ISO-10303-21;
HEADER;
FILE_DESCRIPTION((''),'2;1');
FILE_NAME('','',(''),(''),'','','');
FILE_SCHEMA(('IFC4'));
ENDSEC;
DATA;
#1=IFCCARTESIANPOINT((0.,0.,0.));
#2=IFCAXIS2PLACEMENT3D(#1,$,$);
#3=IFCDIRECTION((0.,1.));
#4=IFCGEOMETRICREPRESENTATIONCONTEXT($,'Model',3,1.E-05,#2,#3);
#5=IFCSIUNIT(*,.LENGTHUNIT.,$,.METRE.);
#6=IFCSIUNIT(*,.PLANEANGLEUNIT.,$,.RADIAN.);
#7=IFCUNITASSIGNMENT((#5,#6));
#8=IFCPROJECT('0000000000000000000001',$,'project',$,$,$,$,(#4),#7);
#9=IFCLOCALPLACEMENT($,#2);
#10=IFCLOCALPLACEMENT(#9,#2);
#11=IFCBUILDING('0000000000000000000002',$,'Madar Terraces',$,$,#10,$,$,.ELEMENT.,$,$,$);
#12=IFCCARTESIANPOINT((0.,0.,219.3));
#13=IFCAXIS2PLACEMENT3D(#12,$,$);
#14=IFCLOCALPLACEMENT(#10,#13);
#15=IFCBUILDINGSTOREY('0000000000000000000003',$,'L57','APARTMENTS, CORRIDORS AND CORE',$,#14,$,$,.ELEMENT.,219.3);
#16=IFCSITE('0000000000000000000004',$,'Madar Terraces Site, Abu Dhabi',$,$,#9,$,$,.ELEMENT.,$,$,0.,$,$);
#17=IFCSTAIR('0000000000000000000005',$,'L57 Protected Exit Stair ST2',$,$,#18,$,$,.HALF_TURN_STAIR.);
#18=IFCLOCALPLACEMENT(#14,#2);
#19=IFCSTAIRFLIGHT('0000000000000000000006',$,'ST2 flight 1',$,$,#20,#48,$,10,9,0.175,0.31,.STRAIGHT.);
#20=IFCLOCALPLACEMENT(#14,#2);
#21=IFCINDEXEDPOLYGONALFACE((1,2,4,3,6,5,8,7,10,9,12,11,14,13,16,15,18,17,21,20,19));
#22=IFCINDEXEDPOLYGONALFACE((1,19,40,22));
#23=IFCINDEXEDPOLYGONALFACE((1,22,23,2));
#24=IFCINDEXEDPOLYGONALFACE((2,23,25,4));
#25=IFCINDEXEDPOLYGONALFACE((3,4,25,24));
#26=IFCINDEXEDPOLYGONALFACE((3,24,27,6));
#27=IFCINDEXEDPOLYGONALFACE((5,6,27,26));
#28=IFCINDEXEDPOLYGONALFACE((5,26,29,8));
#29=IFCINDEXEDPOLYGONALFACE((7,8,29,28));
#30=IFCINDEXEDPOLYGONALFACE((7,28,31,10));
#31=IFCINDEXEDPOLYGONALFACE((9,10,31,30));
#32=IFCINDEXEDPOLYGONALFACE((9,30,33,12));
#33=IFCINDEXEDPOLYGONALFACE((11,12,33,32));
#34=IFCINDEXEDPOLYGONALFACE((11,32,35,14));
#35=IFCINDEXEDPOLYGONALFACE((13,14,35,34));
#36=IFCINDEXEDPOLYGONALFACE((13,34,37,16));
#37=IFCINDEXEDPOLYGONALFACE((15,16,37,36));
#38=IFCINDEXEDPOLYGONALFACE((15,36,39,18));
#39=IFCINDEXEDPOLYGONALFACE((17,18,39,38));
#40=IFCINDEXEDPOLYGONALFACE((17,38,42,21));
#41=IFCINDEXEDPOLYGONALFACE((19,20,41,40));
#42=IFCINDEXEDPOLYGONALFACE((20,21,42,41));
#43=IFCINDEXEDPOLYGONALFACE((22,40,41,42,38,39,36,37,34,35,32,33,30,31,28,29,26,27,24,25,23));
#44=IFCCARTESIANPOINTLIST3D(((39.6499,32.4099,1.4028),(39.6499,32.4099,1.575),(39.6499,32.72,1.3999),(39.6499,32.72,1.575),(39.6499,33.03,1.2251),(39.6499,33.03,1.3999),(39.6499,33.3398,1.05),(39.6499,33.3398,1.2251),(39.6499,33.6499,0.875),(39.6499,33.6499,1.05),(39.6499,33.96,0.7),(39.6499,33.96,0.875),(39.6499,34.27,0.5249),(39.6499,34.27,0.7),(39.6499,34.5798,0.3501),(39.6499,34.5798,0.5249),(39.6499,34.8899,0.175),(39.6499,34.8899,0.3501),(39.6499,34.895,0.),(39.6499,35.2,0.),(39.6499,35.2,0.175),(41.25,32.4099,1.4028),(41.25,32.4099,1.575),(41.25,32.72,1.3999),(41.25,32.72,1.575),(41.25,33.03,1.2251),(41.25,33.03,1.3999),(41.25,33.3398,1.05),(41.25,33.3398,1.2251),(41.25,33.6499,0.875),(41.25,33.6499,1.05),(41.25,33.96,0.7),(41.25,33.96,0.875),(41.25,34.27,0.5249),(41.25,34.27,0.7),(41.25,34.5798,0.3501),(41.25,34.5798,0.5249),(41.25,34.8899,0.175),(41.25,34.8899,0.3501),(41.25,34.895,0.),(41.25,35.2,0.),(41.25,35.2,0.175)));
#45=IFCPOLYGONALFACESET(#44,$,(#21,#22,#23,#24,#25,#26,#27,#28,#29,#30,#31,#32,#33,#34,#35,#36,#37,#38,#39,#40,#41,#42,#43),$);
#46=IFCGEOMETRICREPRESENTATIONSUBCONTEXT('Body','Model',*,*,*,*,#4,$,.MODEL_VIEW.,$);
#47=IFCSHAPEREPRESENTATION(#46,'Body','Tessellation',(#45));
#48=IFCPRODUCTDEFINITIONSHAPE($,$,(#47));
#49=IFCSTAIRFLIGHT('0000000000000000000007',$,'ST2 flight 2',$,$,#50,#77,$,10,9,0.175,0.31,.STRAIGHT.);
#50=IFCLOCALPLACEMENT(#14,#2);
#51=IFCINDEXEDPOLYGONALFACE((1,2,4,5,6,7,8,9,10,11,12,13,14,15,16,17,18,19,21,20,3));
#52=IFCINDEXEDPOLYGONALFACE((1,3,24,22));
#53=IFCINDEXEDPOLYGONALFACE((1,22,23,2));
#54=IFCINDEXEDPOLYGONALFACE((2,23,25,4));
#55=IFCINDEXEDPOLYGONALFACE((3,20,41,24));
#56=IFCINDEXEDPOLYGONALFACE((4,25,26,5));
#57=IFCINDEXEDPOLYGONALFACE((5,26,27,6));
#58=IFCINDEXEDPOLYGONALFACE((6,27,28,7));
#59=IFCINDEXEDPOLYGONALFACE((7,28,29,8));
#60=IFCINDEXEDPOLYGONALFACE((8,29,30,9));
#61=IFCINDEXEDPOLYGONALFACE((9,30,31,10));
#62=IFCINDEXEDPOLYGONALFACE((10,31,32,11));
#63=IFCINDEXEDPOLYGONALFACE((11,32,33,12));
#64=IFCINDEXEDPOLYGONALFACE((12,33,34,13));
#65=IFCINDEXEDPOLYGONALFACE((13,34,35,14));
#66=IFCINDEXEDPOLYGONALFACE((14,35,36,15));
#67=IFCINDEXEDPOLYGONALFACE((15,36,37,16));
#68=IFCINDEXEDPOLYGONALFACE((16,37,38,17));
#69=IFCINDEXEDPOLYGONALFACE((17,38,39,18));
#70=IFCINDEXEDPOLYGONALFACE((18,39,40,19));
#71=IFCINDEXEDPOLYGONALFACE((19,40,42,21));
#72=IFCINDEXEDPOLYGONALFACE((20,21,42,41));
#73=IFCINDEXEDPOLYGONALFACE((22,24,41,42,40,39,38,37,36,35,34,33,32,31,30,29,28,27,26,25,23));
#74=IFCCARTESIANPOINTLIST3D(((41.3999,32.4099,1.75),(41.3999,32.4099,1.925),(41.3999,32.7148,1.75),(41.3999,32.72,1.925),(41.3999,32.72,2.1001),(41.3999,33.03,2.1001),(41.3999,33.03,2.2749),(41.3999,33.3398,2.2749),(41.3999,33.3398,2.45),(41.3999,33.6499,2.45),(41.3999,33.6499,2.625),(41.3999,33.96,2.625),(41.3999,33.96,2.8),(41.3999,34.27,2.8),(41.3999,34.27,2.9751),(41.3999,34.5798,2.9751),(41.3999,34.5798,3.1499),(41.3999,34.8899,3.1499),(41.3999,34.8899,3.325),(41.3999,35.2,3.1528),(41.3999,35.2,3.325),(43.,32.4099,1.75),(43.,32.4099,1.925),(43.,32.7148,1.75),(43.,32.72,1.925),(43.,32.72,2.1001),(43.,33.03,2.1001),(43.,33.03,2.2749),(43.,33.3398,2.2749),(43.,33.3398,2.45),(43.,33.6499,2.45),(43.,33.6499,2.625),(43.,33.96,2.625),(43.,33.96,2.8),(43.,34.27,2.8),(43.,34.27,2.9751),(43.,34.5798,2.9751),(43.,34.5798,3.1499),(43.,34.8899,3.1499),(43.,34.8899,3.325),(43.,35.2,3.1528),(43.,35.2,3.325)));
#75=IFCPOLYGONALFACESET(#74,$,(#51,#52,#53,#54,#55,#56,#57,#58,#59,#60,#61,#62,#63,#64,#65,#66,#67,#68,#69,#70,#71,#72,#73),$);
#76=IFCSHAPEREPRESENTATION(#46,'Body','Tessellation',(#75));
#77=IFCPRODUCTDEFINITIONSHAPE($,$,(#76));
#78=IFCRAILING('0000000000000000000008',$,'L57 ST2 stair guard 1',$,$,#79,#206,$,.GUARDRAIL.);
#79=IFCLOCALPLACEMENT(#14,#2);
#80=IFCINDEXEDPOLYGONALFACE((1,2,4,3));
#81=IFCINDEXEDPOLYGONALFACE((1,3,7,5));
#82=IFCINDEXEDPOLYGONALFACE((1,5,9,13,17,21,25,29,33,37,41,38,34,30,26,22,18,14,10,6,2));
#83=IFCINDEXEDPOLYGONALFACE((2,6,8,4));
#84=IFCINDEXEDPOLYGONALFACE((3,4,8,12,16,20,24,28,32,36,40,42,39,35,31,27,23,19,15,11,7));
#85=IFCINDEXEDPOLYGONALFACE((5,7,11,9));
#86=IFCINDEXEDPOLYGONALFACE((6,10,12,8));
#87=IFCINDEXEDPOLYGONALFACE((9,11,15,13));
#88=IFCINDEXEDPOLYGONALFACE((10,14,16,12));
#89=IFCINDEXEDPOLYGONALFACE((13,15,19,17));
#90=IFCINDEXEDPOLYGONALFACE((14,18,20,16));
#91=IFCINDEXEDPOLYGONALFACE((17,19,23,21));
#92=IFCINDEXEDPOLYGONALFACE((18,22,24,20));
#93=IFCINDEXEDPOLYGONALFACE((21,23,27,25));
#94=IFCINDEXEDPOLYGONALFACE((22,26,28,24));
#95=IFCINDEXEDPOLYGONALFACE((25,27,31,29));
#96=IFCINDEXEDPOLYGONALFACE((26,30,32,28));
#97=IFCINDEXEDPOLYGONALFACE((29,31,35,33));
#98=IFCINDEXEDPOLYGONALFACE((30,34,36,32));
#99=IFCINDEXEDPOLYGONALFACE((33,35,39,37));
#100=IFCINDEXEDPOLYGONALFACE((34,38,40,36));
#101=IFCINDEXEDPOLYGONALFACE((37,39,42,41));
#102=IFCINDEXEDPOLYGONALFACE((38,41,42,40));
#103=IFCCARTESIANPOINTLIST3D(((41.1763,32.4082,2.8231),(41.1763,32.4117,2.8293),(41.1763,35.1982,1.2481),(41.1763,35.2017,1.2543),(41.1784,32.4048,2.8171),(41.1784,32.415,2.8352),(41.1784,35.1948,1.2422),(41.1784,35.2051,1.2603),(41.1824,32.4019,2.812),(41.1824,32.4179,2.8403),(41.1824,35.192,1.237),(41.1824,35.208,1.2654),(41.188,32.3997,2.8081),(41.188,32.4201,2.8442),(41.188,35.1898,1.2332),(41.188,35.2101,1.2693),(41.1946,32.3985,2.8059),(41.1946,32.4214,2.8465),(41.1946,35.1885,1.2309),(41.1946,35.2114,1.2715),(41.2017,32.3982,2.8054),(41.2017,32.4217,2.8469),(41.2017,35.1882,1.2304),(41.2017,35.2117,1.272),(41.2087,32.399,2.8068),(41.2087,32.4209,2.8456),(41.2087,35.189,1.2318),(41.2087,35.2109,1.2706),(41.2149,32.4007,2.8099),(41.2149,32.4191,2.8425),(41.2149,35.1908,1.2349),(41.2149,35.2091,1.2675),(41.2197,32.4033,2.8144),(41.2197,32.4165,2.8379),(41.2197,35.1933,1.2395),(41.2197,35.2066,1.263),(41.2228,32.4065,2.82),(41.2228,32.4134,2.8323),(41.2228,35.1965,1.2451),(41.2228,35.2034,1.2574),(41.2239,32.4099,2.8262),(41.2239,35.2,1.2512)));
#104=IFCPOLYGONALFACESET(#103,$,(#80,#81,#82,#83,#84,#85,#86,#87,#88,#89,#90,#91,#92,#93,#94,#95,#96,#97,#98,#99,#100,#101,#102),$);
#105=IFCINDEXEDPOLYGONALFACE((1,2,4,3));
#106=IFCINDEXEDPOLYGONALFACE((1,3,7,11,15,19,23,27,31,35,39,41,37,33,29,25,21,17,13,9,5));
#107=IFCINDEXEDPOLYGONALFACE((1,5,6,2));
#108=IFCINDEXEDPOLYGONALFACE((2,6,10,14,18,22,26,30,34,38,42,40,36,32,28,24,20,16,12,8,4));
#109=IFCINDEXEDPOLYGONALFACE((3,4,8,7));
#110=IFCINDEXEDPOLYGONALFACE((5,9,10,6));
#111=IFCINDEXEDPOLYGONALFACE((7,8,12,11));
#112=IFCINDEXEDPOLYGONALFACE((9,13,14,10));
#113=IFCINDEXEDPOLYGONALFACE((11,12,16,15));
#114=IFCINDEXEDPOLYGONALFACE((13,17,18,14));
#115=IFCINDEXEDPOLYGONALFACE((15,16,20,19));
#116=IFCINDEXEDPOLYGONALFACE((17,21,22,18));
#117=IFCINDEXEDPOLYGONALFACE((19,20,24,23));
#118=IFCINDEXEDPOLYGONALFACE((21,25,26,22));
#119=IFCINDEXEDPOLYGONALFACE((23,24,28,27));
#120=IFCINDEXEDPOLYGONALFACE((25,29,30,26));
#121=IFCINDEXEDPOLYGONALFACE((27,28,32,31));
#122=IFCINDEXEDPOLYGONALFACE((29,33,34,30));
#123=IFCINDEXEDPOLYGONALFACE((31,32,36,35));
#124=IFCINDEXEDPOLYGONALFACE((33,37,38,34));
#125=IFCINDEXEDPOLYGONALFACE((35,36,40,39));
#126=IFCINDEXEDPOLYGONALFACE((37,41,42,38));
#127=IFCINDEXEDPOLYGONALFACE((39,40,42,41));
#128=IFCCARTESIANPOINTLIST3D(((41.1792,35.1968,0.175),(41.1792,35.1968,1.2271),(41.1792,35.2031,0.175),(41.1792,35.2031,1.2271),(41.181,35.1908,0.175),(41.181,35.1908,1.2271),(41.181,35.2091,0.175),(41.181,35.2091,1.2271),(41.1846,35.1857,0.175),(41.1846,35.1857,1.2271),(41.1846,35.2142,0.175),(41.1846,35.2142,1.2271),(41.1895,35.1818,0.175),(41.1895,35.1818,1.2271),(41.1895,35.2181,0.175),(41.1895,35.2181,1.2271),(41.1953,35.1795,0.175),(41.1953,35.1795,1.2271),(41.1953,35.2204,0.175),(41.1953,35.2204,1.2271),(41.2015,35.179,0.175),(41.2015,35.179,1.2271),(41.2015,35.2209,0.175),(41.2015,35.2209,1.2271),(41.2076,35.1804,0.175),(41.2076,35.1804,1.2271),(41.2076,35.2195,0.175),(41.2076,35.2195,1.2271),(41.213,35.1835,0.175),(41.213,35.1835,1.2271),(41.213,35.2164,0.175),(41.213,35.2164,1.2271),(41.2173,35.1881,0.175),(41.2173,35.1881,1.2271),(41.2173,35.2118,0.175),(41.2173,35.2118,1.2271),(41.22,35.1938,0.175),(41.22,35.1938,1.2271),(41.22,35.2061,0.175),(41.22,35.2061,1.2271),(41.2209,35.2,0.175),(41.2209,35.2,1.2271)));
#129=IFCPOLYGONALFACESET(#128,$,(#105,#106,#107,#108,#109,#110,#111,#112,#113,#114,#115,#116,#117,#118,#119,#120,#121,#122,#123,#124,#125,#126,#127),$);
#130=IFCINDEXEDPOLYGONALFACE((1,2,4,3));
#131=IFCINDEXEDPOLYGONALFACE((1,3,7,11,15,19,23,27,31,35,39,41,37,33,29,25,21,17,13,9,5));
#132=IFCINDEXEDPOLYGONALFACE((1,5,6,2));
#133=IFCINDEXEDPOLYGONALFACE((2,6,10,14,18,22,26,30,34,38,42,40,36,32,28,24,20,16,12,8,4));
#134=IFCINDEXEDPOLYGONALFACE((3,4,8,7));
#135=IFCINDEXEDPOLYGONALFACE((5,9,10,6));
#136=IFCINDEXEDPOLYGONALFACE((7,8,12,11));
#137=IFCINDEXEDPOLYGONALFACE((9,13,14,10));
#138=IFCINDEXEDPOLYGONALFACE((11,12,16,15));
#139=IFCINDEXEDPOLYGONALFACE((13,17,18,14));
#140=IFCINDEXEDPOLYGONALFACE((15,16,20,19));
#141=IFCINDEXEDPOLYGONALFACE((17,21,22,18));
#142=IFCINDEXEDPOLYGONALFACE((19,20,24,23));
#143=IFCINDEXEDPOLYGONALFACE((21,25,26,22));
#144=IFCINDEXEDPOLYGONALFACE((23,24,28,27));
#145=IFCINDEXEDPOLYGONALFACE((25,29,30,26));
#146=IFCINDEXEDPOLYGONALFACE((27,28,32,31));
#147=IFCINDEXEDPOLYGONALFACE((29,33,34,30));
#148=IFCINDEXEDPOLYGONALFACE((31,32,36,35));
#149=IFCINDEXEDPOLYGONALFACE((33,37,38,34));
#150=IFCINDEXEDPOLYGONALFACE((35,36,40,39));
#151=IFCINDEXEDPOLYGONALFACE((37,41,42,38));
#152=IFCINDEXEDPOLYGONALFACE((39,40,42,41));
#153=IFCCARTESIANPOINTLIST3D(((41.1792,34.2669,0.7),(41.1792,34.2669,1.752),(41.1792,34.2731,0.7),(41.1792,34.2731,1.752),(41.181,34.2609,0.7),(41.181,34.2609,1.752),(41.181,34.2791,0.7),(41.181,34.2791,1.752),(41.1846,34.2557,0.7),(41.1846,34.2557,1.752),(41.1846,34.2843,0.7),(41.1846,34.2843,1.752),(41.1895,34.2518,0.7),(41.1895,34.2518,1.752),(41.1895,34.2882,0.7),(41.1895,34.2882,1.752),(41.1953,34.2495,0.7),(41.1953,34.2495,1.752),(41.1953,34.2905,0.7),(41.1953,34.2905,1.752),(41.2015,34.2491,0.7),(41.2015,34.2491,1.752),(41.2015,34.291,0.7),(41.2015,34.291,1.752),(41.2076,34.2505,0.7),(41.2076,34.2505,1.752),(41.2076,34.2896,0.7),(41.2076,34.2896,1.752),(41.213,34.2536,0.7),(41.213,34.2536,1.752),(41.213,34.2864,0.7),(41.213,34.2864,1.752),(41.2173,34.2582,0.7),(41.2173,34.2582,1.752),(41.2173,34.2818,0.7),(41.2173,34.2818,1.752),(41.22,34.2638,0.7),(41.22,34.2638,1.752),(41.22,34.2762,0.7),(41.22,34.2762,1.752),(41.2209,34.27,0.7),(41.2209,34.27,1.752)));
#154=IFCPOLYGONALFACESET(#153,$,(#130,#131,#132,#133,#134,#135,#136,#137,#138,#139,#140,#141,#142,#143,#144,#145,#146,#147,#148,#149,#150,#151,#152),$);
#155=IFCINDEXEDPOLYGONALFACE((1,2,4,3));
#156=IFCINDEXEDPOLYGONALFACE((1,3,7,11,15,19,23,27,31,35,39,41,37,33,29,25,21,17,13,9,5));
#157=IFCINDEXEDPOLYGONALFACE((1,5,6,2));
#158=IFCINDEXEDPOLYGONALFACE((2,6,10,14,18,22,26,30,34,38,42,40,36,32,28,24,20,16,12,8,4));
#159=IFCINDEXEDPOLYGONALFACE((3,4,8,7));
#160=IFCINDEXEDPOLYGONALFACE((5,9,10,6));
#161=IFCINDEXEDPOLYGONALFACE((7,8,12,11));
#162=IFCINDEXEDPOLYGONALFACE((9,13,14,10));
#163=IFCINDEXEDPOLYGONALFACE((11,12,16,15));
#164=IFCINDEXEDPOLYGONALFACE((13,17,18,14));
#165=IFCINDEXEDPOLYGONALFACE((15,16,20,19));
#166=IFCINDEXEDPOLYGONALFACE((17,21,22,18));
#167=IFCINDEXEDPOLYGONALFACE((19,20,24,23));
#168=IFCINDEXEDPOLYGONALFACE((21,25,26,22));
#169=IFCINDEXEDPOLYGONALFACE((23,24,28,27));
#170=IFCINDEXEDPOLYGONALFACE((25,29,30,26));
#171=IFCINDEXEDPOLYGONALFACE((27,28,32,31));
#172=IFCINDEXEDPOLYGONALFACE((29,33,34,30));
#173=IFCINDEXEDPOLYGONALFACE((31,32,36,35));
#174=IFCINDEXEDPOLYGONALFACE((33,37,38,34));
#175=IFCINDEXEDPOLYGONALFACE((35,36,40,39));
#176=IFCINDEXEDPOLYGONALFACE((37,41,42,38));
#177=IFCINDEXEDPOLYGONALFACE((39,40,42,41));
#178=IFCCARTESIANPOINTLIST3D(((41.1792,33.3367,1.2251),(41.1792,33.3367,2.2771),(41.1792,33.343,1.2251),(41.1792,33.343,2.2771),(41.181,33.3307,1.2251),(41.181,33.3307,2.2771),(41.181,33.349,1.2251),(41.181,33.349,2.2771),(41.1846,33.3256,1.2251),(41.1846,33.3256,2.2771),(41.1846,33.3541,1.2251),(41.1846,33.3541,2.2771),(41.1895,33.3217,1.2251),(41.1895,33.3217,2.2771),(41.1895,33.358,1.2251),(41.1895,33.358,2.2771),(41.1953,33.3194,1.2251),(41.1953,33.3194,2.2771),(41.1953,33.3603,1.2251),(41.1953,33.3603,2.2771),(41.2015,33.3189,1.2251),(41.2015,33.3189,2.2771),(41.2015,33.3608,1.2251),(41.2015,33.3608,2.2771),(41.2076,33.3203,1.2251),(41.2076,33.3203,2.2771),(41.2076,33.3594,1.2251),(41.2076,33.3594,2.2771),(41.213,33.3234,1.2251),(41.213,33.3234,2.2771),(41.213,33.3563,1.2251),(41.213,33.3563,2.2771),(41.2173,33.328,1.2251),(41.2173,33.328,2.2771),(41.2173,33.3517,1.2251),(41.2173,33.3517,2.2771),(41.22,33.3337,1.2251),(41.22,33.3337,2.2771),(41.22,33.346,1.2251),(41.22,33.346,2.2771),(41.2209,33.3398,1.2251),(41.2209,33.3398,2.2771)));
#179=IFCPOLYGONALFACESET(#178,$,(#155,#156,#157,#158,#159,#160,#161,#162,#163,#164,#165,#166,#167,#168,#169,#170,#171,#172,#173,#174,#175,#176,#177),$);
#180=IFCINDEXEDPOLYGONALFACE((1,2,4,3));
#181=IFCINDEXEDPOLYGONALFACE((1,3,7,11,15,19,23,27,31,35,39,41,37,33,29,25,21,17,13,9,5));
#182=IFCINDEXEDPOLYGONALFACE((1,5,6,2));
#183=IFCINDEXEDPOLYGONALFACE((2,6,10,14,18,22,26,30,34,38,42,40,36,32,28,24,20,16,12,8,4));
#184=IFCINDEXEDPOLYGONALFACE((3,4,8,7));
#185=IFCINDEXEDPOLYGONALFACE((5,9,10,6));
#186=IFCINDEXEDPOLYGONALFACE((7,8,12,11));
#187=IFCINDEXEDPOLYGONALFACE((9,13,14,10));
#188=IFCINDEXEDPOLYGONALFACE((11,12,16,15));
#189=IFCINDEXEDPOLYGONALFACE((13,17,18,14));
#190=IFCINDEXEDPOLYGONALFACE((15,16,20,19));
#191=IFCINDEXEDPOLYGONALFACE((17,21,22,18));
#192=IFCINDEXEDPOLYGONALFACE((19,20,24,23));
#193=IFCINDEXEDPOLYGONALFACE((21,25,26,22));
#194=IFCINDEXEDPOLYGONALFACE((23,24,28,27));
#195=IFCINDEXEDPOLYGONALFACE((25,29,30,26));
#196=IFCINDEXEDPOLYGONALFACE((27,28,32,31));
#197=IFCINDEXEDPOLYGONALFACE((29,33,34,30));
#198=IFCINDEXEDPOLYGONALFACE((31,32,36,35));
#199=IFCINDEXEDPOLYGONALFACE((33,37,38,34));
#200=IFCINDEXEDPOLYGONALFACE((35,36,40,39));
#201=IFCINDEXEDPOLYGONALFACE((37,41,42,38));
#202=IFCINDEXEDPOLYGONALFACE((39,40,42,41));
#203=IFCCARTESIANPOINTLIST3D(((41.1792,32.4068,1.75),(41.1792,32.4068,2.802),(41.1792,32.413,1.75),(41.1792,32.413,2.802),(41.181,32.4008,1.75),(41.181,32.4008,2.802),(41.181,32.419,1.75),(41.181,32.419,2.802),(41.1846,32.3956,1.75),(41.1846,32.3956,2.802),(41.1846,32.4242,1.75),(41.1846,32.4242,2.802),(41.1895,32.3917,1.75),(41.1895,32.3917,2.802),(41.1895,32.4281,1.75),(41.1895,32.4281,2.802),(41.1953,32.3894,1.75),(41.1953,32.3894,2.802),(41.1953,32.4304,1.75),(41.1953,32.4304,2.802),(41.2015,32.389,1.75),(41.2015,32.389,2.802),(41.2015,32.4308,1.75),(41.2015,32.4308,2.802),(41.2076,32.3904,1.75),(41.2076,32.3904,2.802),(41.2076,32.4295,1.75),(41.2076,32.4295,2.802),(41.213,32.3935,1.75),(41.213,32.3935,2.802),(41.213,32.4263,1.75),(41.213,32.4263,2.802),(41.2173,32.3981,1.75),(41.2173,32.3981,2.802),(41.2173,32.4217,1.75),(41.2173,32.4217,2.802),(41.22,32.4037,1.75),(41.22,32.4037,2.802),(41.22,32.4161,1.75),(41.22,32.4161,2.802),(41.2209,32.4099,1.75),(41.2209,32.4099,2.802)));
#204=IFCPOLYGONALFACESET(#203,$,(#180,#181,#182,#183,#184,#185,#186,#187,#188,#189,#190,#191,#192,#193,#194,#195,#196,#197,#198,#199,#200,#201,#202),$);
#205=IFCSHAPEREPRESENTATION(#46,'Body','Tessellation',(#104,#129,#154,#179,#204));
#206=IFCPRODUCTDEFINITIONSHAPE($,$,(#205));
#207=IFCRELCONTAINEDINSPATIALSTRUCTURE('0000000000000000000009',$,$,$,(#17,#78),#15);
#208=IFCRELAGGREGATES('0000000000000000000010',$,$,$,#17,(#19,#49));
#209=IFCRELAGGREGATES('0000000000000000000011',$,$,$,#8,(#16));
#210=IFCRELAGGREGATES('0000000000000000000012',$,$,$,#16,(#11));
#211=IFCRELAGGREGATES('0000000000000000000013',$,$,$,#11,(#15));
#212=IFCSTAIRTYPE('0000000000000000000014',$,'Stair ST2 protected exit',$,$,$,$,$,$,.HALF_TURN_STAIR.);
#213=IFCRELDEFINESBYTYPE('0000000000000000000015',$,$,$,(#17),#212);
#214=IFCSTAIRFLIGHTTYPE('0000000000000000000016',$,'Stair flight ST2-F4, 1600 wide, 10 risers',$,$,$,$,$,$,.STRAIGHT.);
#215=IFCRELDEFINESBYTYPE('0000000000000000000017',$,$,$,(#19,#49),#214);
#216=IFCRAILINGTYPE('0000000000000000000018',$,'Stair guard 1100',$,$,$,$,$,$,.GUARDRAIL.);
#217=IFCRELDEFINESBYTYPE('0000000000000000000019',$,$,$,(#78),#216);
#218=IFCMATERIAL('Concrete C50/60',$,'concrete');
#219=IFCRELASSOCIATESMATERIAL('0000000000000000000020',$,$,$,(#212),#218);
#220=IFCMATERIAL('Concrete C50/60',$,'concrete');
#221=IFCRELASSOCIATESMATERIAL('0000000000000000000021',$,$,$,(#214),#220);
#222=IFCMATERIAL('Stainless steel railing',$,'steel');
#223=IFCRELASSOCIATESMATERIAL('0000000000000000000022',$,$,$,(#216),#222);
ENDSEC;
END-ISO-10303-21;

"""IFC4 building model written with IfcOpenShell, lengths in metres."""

from ifc_helpers import new_model, si_unit, direction, frame, origin, origin_2d, place, context, subcontext, project, spatial, polyline, circle, outline, extrude, material, type_object, element, aggregate, save


model = new_model("IFC4")

# Units and contexts
model_context = context("Model", 3, precision=1e-05, world=origin(), true_north=direction((0.0, 1.0)))
body_context = subcontext(model_context, "Body", "Model", "MODEL_VIEW")
ifc_project = project(units=[si_unit("LENGTHUNIT", "METRE"), si_unit("PLANEANGLEUNIT", "RADIAN")], contexts=[model_context])

# Site, building, storey
site_placement = place(None, origin())
site = spatial("IfcSite", under=ifc_project, at=site_placement, Name="Madar Terraces Site, Abu Dhabi", CompositionType="ELEMENT", RefElevation=0.0)
building_placement = place(site_placement, origin())
building = spatial("IfcBuilding", under=site, at=building_placement, Name="Madar Terraces", CompositionType="ELEMENT")
storey_placement = place(building_placement, frame((0.0, 0.0, 219.3)))
storey = spatial("IfcBuildingStorey", under=building, at=storey_placement, Name="L57", Description="APARTMENTS, CORRIDORS AND CORE", CompositionType="ELEMENT", Elevation=219.3)

# Stair, stair flights
ifc_material_1 = material(Name="Concrete C50/60", Category="concrete")
stair_type = type_object("IfcStairType", Name="Stair ST2 protected exit", PredefinedType="HALF_TURN_STAIR", material=ifc_material_1)
stair_placement = place(storey_placement, origin())
stair = element("IfcStair", 1, at=stair_placement, inside=storey, type_object=stair_type, Name="L57 Protected Exit Stair ST2", PredefinedType="HALF_TURN_STAIR")
ifc_material_2 = material(Name="Concrete C50/60", Category="concrete")
stair_flight_type = type_object("IfcStairFlightType", Name="Stair flight ST2-F4, 1600 wide, 10 risers", PredefinedType="STRAIGHT", material=ifc_material_2)
stair_flight_1_placement = place(storey_placement, frame((40.45, 35.2, 0.0), z_axis=(0.0, 0.0, 1.0), x_axis=(0.0, -1.0, 0.0)))
stair_flight_1 = element("IfcStairFlight", 2, at=stair_flight_1_placement, type_object=stair_flight_type, Name="ST2 flight 1", NumberOfRisers=10, NumberOfTreads=9, PredefinedType="STRAIGHT", RiserHeight=0.175, TreadLength=0.31, context=body_context, shape_type="SweptSolid", body=[
    extrude(outline(polyline([(0.0, 0.0), (0.0, 0.175), (0.3101, 0.175), (0.3101, 0.3501), (0.6201, 0.3501), (0.6201, 0.5249), (0.9299, 0.5249), (0.9299, 0.7), (1.24, 0.7), (1.24, 0.875), (1.55, 0.875), (1.55, 1.05), (1.8601, 1.05), (1.8601, 1.2251), (2.1699, 1.2251), (2.1699, 1.3999), (2.48, 1.3999), (2.48, 1.575), (2.79, 1.575), (2.79, 1.75), (2.79, 1.4028), (0.3049, 0.0), (0.0, 0.0)])), frame((0.0, 0.8, 0.0), z_axis=(0.0, -1.0, 0.0), x_axis=(1.0, 0.0, 0.0)), (0.0, 0.0, 1.0), 1.6001),
])
stair_flight_2_placement = place(storey_placement, frame((42.2, 32.4099, 1.75), z_axis=(0.0, 0.0, 1.0), x_axis=(0.0, 1.0, 0.0)))
stair_flight_2 = element("IfcStairFlight", 3, at=stair_flight_2_placement, type_object=stair_flight_type, Name="ST2 flight 2", NumberOfRisers=10, NumberOfTreads=9, PredefinedType="STRAIGHT", RiserHeight=0.175, TreadLength=0.31, context=body_context, shape_type="SweptSolid", body=[
    extrude(outline(polyline([(0.0, 0.0), (0.0, 0.175), (0.3101, 0.175), (0.3101, 0.3501), (0.6201, 0.3501), (0.6201, 0.5249), (0.9299, 0.5249), (0.9299, 0.7), (1.24, 0.7), (1.24, 0.875), (1.55, 0.875), (1.55, 1.05), (1.8601, 1.05), (1.8601, 1.2251), (2.1699, 1.2251), (2.1699, 1.3999), (2.48, 1.3999), (2.48, 1.575), (2.79, 1.575), (2.79, 1.75), (2.79, 1.4028), (0.3049, 0.0), (0.0, 0.0)])), frame((0.0, 0.8, 0.0), z_axis=(0.0, -1.0, 0.0), x_axis=(1.0, 0.0, 0.0)), (0.0, 0.0, 1.0), 1.6001),
])
aggregate(stair, [stair_flight_1, stair_flight_2])

# Railing
ifc_material_3 = material(Name="Stainless steel railing", Category="steel")
railing_type_1 = type_object("IfcRailingType", Name="Stair guard 1100", PredefinedType="GUARDRAIL", material=ifc_material_3)
railing_1_placement = place(storey_placement, frame((41.2, 35.2, 0.175)))
element("IfcRailing", 4, at=railing_1_placement, inside=storey, type_object=railing_type_1, Name="L57 ST2 stair guard 1", PredefinedType="GUARDRAIL", context=body_context, shape_type="SweptSolid", body=[
    extrude(circle(Radius=0.0239, at=origin_2d()), frame((0.0, 0.0, 1.0762), z_axis=(0.0, -0.870834, 0.491578), x_axis=(1.0, 0.0, 0.0)), (0.0, 0.0, 1.0), 3.2039),
    extrude(circle(Radius=0.021, at=origin_2d()), origin(), (0.0, 0.0, 1.0), 1.052),
    extrude(circle(Radius=0.021, at=origin_2d()), frame((0.0, -0.9299, 0.5249)), (0.0, 0.0, 1.0), 1.052),
    extrude(circle(Radius=0.021, at=origin_2d()), frame((0.0, -1.8601, 1.05)), (0.0, 0.0, 1.0), 1.052),
    extrude(circle(Radius=0.021, at=origin_2d()), frame((0.0, -2.79, 1.575)), (0.0, 0.0, 1.0), 1.052),
])

save(model, "model.ifc")
